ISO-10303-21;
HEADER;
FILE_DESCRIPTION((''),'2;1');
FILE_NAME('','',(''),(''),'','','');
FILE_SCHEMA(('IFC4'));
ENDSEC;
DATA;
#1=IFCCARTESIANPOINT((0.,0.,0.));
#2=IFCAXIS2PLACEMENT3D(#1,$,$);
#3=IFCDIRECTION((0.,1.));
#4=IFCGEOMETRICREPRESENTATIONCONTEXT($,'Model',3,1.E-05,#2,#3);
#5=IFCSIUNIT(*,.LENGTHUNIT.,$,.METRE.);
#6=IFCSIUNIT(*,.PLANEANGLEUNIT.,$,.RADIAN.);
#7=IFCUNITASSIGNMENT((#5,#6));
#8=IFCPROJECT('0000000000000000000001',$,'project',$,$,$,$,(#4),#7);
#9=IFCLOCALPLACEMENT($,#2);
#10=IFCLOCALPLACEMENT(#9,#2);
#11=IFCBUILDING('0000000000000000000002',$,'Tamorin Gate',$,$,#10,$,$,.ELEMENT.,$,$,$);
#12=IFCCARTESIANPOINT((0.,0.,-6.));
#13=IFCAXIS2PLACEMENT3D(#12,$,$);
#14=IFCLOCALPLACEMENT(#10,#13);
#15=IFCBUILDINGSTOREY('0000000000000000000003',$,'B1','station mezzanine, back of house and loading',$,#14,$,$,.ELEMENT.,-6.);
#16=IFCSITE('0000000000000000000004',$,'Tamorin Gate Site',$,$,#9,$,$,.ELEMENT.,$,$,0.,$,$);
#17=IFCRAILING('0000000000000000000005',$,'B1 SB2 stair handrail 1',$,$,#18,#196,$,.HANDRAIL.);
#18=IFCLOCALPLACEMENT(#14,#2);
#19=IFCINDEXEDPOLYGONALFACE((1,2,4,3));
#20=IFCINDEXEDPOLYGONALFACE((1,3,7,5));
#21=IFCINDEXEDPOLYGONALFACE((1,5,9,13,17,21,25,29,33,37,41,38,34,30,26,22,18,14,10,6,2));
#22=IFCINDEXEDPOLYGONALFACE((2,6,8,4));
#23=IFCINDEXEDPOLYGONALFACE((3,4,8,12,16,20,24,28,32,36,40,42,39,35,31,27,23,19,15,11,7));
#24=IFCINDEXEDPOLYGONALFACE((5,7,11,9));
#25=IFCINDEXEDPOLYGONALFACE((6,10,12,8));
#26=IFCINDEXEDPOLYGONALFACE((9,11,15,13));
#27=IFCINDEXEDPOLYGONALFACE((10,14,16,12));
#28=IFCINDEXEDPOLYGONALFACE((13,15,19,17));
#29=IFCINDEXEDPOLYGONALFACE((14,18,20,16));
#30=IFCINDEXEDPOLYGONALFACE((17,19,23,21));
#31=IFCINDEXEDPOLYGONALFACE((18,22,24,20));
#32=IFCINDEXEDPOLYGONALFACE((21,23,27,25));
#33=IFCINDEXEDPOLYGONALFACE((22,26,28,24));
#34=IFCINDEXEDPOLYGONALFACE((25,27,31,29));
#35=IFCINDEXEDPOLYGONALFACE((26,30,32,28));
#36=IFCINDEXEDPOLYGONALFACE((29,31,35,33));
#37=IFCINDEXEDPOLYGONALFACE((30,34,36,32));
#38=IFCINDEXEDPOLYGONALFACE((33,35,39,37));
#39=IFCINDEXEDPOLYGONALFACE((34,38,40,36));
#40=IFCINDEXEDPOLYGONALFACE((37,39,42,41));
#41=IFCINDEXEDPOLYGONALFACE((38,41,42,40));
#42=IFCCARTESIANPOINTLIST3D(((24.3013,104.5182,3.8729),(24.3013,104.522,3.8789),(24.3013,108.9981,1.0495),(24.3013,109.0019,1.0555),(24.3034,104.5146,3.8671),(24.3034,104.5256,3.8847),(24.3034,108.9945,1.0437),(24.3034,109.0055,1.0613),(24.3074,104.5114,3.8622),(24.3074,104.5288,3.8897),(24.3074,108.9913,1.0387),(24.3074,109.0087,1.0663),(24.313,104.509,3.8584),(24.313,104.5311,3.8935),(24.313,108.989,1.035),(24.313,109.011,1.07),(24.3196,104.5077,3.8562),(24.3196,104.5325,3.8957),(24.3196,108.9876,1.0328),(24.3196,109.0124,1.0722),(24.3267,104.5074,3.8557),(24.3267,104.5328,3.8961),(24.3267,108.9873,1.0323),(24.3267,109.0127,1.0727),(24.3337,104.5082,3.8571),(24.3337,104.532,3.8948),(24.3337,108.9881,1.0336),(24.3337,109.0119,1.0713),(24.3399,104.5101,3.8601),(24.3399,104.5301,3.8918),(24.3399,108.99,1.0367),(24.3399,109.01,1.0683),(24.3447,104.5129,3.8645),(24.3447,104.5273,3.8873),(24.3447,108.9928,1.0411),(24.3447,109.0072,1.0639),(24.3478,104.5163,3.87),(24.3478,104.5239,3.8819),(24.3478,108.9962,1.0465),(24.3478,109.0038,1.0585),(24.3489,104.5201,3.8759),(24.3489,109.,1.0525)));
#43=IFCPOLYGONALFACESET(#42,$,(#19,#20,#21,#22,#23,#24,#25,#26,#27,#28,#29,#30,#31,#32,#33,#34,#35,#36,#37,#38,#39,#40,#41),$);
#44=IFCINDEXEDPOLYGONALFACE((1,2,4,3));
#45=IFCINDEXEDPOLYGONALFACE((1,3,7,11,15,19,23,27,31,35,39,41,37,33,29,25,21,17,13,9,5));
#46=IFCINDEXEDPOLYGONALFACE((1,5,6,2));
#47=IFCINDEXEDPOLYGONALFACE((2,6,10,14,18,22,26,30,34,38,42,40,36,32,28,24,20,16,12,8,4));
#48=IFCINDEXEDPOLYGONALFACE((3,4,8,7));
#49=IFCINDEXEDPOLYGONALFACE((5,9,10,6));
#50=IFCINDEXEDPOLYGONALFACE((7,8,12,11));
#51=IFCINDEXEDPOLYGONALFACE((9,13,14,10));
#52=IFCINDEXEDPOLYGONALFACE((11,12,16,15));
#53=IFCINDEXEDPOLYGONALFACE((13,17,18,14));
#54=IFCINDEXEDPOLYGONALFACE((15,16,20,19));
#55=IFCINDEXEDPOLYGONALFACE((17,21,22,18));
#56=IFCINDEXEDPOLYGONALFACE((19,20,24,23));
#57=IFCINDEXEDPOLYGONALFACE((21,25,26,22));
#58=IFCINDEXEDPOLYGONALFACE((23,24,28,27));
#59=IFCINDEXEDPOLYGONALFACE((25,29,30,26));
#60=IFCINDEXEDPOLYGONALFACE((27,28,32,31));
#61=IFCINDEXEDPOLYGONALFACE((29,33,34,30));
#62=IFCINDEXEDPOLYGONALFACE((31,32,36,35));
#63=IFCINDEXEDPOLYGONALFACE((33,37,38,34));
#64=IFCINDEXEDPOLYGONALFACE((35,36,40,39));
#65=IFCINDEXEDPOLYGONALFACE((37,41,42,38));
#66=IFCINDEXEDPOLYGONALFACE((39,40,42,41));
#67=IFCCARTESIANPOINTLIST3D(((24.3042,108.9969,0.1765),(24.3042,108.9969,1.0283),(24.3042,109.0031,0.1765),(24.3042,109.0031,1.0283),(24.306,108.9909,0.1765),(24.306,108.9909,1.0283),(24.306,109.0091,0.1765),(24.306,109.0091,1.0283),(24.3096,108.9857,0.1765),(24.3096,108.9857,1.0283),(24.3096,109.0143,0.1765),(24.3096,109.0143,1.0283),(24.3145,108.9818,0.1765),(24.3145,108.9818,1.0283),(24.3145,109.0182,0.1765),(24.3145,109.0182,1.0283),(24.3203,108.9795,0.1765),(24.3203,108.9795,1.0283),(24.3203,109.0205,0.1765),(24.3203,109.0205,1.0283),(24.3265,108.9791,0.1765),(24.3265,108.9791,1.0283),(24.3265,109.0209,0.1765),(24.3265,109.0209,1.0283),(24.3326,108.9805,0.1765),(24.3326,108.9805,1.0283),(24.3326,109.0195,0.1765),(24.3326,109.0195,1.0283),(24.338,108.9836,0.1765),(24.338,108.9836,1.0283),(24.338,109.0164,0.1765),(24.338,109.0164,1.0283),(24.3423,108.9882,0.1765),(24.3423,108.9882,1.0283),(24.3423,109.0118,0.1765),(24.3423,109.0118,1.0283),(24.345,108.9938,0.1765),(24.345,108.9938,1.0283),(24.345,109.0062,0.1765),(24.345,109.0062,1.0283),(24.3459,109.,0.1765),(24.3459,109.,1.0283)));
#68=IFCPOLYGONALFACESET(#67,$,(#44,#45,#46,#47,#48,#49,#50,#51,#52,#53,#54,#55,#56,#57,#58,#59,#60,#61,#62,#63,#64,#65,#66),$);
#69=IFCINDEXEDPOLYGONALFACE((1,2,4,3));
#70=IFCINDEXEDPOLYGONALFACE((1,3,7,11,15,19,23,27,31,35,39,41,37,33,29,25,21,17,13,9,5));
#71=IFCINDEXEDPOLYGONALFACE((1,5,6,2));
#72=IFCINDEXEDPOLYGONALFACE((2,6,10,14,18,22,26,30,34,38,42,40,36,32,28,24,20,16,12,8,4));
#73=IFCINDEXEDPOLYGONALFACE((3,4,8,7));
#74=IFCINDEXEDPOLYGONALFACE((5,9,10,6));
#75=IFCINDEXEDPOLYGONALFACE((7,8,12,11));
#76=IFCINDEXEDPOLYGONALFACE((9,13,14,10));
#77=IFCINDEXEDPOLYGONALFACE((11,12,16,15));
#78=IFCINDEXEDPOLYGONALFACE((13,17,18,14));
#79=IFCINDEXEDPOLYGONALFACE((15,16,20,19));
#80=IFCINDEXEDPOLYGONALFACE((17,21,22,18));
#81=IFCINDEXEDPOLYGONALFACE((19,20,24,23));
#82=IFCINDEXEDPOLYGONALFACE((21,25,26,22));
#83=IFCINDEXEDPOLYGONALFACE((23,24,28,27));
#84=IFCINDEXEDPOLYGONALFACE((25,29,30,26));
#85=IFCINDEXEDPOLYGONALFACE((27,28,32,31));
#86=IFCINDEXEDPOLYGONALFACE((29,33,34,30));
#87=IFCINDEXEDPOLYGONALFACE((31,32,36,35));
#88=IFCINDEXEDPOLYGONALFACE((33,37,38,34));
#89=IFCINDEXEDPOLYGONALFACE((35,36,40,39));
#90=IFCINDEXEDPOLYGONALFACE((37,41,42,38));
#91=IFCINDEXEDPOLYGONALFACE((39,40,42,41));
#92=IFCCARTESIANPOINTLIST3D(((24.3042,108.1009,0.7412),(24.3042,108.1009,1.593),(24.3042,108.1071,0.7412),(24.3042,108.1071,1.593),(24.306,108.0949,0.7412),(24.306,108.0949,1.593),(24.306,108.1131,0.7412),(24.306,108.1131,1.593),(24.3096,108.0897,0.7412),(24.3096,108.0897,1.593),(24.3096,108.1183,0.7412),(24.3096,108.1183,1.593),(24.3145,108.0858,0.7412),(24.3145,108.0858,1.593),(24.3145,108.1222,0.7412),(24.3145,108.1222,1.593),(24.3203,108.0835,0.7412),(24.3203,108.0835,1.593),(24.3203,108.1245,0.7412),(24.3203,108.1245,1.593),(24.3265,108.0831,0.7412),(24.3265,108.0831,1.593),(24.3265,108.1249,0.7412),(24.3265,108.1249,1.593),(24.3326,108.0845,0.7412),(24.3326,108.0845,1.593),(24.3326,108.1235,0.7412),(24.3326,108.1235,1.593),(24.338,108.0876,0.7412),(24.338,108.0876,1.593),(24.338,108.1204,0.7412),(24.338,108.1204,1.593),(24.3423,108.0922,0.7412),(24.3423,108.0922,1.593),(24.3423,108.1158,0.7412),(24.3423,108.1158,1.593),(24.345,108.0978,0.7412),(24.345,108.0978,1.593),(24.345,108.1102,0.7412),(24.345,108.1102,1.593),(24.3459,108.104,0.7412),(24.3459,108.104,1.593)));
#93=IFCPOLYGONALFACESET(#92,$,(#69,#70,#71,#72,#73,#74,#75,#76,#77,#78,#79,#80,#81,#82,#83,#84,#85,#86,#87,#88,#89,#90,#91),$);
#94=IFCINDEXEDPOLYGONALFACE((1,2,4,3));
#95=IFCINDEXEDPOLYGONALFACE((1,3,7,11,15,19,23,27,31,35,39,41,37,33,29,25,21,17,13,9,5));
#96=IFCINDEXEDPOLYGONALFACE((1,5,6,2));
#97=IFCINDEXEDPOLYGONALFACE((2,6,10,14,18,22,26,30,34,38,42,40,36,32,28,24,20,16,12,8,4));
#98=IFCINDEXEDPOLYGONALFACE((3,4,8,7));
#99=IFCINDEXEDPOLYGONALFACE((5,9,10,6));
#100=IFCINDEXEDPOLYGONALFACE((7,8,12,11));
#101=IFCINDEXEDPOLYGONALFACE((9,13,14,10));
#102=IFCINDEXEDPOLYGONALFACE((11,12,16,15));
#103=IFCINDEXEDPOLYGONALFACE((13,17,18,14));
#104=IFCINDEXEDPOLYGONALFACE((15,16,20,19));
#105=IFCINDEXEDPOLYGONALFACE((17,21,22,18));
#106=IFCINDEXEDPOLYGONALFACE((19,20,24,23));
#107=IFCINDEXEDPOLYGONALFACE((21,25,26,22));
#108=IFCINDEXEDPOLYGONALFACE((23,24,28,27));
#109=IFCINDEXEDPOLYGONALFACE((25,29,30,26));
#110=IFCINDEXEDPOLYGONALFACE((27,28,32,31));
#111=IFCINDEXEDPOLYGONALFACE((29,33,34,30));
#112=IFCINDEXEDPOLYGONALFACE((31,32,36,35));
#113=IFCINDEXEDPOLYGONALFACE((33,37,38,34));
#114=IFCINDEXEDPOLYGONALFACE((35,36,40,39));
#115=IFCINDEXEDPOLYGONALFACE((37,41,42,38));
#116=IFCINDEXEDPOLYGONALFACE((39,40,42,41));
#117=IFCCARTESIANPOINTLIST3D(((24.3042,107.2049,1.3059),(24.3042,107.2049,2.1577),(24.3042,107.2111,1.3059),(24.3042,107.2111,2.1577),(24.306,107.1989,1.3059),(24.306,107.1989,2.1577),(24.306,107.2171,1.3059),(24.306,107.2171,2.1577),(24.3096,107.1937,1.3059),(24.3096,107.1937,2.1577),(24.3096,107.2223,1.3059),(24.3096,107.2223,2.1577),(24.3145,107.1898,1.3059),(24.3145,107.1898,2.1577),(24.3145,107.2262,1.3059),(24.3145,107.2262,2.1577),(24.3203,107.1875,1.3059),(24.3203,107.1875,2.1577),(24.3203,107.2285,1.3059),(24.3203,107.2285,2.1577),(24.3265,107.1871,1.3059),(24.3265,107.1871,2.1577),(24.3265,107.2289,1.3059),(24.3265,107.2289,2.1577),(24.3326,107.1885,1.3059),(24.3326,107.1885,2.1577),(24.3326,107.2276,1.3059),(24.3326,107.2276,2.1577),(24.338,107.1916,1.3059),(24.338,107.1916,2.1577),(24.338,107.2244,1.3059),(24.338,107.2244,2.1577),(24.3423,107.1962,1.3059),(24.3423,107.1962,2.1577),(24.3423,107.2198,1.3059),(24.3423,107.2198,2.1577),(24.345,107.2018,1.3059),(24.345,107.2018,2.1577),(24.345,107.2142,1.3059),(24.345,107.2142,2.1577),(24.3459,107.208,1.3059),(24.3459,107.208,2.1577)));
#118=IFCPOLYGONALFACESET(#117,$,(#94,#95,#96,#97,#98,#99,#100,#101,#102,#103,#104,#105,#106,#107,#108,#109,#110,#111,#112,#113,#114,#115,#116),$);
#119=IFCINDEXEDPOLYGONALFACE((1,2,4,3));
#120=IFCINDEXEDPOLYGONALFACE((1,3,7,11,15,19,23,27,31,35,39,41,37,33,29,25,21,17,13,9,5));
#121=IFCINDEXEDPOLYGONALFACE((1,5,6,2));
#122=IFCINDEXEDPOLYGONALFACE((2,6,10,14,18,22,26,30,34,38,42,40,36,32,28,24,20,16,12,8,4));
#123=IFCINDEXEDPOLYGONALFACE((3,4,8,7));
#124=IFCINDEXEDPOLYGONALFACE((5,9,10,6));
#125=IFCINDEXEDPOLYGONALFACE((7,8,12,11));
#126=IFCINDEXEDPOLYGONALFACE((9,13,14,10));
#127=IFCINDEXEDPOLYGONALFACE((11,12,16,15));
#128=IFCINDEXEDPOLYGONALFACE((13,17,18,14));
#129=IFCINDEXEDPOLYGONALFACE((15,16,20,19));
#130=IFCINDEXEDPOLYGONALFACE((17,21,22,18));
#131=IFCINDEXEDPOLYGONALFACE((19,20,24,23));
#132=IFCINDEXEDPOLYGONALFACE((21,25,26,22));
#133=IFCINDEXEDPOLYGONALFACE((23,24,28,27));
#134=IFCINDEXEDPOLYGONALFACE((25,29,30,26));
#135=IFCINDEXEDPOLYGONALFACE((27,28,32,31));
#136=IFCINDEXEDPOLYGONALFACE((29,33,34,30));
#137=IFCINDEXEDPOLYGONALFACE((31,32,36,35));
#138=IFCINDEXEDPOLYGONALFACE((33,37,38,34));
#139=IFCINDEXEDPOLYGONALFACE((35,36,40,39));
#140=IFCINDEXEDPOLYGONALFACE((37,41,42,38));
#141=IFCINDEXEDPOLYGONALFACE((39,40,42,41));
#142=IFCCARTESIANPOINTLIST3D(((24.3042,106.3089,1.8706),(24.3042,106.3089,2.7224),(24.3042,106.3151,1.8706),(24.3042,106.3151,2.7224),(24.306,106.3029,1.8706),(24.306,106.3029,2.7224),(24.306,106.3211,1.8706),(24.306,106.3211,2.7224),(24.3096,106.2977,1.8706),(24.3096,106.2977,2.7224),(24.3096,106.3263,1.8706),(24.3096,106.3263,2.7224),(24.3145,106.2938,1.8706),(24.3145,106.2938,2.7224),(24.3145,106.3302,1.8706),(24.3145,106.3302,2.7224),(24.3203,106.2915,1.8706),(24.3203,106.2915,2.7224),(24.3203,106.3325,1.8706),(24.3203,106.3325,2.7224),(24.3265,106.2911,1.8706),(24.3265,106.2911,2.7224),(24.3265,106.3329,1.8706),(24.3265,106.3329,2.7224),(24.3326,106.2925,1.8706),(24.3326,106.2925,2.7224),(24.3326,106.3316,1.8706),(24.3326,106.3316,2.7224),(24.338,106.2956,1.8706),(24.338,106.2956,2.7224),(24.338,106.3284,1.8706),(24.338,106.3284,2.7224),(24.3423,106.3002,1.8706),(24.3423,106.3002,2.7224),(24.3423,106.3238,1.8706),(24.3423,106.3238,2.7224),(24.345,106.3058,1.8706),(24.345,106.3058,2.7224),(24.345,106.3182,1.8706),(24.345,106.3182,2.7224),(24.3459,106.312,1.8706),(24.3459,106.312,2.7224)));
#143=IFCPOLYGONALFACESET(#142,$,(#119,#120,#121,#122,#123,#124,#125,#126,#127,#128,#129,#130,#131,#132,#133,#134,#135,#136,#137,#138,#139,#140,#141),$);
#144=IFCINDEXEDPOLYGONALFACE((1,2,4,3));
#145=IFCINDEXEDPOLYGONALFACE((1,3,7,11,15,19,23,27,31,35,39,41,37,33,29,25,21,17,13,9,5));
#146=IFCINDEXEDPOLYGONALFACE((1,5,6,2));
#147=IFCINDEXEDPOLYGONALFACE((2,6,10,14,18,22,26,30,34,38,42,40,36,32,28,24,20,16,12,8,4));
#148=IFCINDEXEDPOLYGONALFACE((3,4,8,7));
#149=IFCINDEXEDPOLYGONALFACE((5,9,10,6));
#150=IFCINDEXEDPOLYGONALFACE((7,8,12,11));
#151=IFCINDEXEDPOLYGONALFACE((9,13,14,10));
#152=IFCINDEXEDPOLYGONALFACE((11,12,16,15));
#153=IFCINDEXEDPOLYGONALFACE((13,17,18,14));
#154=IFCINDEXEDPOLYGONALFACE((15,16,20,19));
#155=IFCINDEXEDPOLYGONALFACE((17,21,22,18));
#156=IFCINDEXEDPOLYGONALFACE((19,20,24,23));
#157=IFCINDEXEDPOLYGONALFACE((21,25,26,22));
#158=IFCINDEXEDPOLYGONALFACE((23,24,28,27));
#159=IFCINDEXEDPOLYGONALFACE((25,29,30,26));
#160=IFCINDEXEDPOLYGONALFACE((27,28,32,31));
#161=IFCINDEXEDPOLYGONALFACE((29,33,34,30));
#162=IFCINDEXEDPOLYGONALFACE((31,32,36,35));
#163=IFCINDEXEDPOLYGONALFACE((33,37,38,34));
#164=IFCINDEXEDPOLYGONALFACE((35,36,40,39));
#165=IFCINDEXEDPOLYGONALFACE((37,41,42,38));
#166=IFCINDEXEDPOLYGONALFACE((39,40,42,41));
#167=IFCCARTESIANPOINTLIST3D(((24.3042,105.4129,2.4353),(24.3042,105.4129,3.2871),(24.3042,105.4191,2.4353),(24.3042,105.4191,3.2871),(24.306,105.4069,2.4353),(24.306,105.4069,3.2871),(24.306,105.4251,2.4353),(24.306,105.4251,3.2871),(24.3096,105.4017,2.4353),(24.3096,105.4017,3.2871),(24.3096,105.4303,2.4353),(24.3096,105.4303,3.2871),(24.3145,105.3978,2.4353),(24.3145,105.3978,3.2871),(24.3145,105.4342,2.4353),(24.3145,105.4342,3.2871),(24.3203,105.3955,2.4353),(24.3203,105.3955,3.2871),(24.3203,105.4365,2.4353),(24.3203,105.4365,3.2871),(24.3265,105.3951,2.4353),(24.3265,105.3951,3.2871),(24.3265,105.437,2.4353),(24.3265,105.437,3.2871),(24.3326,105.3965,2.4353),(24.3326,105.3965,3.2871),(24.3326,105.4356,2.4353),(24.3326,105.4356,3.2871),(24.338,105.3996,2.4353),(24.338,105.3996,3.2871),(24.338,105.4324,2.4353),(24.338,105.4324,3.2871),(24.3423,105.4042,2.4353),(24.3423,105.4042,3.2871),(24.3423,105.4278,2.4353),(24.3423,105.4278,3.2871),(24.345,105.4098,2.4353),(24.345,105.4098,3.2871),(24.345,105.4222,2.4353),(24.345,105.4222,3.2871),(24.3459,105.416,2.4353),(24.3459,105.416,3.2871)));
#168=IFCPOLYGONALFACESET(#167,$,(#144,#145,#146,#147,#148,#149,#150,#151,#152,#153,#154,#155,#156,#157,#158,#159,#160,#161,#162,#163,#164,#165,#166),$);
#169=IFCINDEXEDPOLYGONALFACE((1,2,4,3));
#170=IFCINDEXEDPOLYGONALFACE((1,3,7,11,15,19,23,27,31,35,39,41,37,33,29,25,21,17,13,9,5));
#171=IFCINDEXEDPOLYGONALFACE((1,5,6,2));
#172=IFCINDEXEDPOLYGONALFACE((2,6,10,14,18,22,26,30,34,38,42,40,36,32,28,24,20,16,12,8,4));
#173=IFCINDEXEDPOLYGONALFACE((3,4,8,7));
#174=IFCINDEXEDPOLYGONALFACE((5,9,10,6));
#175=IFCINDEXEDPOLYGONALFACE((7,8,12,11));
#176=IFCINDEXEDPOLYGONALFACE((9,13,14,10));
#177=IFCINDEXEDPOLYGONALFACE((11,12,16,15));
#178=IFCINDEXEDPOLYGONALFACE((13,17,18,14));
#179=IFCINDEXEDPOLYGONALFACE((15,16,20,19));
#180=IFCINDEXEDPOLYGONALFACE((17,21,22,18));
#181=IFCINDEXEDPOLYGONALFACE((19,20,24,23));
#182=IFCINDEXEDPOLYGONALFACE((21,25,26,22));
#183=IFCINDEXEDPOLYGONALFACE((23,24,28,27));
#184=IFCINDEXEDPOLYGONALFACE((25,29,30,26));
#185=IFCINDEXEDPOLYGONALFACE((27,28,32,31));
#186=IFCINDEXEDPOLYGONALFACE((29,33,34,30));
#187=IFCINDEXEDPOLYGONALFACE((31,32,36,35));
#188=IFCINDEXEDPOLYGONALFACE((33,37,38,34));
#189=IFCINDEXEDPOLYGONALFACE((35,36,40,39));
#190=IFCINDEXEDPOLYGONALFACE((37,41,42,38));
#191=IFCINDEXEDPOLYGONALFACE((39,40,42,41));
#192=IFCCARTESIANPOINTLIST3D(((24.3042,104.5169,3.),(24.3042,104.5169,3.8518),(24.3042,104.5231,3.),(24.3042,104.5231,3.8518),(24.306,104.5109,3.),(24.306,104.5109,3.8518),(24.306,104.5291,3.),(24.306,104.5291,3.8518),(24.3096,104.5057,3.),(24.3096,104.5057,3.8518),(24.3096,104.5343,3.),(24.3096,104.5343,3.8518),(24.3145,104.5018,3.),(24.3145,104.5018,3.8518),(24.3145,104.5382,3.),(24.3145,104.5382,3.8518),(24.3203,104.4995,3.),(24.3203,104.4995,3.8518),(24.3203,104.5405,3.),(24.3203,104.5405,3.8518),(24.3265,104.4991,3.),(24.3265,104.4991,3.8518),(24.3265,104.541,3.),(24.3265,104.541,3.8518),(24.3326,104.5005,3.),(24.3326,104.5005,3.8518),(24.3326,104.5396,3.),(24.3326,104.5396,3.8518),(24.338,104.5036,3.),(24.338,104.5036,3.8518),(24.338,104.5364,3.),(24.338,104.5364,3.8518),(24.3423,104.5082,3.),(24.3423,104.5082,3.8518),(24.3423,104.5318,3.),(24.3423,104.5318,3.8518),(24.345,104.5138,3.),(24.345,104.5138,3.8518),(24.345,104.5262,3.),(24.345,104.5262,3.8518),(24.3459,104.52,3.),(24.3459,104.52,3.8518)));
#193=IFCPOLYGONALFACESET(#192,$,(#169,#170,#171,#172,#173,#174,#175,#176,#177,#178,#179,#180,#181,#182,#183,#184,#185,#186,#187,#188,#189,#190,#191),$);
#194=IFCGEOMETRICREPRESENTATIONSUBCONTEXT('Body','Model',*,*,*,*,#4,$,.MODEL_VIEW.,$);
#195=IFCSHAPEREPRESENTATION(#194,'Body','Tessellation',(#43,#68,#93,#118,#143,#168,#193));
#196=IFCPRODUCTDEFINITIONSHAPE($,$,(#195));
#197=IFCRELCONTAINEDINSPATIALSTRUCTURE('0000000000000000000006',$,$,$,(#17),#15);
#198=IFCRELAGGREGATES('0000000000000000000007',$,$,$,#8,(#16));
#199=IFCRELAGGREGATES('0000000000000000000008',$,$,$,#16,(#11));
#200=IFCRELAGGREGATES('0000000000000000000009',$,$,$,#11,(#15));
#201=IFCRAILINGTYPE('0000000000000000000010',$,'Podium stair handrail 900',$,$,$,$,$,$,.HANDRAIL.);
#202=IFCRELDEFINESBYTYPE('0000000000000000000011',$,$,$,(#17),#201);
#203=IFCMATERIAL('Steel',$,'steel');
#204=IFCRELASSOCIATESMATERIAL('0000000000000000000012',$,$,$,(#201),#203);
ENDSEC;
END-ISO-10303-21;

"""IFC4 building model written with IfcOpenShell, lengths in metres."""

from ifc_helpers import new_model, si_unit, direction, frame, origin, origin_2d, place, context, subcontext, project, spatial, circle, extrude, material, type_object, element, save


model = new_model("IFC4")

# Units and contexts
model_context = context("Model", 3, precision=1e-05, world=origin(), true_north=direction((0.0, 1.0)))
body_context = subcontext(model_context, "Body", "Model", "MODEL_VIEW")
ifc_project = project(units=[si_unit("LENGTHUNIT", "METRE"), si_unit("PLANEANGLEUNIT", "RADIAN")], contexts=[model_context])

# Site, building, storey
site_placement = place(None, origin())
site = spatial("IfcSite", under=ifc_project, at=site_placement, Name="Tamorin Gate Site", CompositionType="ELEMENT", RefElevation=0.0)
building_placement = place(site_placement, origin())
building = spatial("IfcBuilding", under=site, at=building_placement, Name="Tamorin Gate", CompositionType="ELEMENT")
storey_placement = place(building_placement, frame((0.0, 0.0, -6.0)))
storey = spatial("IfcBuildingStorey", under=building, at=storey_placement, Name="B1", Description="station mezzanine, back of house and loading", CompositionType="ELEMENT", Elevation=-6.0)

# Railing
ifc_material_1 = material(Name="Steel", Category="steel")
railing_type_1 = type_object("IfcRailingType", Name="Podium stair handrail 900", PredefinedType="HANDRAIL", material=ifc_material_1)
railing_1_placement = place(storey_placement, frame((24.325, 109.0, 0.1765)))
element("IfcRailing", 1, at=railing_1_placement, inside=storey, type_object=railing_type_1, Name="B1 SB2 stair handrail 1", PredefinedType="HANDRAIL", context=body_context, shape_type="SweptSolid", body=[
    extrude(circle(Radius=0.0239, at=origin_2d()), frame((0.0, 0.0, 0.876), z_axis=(0.0, -0.845998, 0.533186), x_axis=(1.0, 0.0, 0.0)), (0.0, 0.0, 1.0), 5.2954),
    extrude(circle(Radius=0.021, at=origin_2d()), origin(), (0.0, 0.0, 1.0), 0.8518),
    extrude(circle(Radius=0.021, at=origin_2d()), frame((0.0, -0.896, 0.5647)), (0.0, 0.0, 1.0), 0.8518),
    extrude(circle(Radius=0.021, at=origin_2d()), frame((0.0, -1.792, 1.1294)), (0.0, 0.0, 1.0), 0.8518),
    extrude(circle(Radius=0.021, at=origin_2d()), frame((0.0, -2.688, 1.6941)), (0.0, 0.0, 1.0), 0.8518),
    extrude(circle(Radius=0.021, at=origin_2d()), frame((0.0, -3.584, 2.2588)), (0.0, 0.0, 1.0), 0.8518),
    extrude(circle(Radius=0.021, at=origin_2d()), frame((0.0, -4.48, 2.8235)), (0.0, 0.0, 1.0), 0.8518),
])

save(model, "model.ifc")
